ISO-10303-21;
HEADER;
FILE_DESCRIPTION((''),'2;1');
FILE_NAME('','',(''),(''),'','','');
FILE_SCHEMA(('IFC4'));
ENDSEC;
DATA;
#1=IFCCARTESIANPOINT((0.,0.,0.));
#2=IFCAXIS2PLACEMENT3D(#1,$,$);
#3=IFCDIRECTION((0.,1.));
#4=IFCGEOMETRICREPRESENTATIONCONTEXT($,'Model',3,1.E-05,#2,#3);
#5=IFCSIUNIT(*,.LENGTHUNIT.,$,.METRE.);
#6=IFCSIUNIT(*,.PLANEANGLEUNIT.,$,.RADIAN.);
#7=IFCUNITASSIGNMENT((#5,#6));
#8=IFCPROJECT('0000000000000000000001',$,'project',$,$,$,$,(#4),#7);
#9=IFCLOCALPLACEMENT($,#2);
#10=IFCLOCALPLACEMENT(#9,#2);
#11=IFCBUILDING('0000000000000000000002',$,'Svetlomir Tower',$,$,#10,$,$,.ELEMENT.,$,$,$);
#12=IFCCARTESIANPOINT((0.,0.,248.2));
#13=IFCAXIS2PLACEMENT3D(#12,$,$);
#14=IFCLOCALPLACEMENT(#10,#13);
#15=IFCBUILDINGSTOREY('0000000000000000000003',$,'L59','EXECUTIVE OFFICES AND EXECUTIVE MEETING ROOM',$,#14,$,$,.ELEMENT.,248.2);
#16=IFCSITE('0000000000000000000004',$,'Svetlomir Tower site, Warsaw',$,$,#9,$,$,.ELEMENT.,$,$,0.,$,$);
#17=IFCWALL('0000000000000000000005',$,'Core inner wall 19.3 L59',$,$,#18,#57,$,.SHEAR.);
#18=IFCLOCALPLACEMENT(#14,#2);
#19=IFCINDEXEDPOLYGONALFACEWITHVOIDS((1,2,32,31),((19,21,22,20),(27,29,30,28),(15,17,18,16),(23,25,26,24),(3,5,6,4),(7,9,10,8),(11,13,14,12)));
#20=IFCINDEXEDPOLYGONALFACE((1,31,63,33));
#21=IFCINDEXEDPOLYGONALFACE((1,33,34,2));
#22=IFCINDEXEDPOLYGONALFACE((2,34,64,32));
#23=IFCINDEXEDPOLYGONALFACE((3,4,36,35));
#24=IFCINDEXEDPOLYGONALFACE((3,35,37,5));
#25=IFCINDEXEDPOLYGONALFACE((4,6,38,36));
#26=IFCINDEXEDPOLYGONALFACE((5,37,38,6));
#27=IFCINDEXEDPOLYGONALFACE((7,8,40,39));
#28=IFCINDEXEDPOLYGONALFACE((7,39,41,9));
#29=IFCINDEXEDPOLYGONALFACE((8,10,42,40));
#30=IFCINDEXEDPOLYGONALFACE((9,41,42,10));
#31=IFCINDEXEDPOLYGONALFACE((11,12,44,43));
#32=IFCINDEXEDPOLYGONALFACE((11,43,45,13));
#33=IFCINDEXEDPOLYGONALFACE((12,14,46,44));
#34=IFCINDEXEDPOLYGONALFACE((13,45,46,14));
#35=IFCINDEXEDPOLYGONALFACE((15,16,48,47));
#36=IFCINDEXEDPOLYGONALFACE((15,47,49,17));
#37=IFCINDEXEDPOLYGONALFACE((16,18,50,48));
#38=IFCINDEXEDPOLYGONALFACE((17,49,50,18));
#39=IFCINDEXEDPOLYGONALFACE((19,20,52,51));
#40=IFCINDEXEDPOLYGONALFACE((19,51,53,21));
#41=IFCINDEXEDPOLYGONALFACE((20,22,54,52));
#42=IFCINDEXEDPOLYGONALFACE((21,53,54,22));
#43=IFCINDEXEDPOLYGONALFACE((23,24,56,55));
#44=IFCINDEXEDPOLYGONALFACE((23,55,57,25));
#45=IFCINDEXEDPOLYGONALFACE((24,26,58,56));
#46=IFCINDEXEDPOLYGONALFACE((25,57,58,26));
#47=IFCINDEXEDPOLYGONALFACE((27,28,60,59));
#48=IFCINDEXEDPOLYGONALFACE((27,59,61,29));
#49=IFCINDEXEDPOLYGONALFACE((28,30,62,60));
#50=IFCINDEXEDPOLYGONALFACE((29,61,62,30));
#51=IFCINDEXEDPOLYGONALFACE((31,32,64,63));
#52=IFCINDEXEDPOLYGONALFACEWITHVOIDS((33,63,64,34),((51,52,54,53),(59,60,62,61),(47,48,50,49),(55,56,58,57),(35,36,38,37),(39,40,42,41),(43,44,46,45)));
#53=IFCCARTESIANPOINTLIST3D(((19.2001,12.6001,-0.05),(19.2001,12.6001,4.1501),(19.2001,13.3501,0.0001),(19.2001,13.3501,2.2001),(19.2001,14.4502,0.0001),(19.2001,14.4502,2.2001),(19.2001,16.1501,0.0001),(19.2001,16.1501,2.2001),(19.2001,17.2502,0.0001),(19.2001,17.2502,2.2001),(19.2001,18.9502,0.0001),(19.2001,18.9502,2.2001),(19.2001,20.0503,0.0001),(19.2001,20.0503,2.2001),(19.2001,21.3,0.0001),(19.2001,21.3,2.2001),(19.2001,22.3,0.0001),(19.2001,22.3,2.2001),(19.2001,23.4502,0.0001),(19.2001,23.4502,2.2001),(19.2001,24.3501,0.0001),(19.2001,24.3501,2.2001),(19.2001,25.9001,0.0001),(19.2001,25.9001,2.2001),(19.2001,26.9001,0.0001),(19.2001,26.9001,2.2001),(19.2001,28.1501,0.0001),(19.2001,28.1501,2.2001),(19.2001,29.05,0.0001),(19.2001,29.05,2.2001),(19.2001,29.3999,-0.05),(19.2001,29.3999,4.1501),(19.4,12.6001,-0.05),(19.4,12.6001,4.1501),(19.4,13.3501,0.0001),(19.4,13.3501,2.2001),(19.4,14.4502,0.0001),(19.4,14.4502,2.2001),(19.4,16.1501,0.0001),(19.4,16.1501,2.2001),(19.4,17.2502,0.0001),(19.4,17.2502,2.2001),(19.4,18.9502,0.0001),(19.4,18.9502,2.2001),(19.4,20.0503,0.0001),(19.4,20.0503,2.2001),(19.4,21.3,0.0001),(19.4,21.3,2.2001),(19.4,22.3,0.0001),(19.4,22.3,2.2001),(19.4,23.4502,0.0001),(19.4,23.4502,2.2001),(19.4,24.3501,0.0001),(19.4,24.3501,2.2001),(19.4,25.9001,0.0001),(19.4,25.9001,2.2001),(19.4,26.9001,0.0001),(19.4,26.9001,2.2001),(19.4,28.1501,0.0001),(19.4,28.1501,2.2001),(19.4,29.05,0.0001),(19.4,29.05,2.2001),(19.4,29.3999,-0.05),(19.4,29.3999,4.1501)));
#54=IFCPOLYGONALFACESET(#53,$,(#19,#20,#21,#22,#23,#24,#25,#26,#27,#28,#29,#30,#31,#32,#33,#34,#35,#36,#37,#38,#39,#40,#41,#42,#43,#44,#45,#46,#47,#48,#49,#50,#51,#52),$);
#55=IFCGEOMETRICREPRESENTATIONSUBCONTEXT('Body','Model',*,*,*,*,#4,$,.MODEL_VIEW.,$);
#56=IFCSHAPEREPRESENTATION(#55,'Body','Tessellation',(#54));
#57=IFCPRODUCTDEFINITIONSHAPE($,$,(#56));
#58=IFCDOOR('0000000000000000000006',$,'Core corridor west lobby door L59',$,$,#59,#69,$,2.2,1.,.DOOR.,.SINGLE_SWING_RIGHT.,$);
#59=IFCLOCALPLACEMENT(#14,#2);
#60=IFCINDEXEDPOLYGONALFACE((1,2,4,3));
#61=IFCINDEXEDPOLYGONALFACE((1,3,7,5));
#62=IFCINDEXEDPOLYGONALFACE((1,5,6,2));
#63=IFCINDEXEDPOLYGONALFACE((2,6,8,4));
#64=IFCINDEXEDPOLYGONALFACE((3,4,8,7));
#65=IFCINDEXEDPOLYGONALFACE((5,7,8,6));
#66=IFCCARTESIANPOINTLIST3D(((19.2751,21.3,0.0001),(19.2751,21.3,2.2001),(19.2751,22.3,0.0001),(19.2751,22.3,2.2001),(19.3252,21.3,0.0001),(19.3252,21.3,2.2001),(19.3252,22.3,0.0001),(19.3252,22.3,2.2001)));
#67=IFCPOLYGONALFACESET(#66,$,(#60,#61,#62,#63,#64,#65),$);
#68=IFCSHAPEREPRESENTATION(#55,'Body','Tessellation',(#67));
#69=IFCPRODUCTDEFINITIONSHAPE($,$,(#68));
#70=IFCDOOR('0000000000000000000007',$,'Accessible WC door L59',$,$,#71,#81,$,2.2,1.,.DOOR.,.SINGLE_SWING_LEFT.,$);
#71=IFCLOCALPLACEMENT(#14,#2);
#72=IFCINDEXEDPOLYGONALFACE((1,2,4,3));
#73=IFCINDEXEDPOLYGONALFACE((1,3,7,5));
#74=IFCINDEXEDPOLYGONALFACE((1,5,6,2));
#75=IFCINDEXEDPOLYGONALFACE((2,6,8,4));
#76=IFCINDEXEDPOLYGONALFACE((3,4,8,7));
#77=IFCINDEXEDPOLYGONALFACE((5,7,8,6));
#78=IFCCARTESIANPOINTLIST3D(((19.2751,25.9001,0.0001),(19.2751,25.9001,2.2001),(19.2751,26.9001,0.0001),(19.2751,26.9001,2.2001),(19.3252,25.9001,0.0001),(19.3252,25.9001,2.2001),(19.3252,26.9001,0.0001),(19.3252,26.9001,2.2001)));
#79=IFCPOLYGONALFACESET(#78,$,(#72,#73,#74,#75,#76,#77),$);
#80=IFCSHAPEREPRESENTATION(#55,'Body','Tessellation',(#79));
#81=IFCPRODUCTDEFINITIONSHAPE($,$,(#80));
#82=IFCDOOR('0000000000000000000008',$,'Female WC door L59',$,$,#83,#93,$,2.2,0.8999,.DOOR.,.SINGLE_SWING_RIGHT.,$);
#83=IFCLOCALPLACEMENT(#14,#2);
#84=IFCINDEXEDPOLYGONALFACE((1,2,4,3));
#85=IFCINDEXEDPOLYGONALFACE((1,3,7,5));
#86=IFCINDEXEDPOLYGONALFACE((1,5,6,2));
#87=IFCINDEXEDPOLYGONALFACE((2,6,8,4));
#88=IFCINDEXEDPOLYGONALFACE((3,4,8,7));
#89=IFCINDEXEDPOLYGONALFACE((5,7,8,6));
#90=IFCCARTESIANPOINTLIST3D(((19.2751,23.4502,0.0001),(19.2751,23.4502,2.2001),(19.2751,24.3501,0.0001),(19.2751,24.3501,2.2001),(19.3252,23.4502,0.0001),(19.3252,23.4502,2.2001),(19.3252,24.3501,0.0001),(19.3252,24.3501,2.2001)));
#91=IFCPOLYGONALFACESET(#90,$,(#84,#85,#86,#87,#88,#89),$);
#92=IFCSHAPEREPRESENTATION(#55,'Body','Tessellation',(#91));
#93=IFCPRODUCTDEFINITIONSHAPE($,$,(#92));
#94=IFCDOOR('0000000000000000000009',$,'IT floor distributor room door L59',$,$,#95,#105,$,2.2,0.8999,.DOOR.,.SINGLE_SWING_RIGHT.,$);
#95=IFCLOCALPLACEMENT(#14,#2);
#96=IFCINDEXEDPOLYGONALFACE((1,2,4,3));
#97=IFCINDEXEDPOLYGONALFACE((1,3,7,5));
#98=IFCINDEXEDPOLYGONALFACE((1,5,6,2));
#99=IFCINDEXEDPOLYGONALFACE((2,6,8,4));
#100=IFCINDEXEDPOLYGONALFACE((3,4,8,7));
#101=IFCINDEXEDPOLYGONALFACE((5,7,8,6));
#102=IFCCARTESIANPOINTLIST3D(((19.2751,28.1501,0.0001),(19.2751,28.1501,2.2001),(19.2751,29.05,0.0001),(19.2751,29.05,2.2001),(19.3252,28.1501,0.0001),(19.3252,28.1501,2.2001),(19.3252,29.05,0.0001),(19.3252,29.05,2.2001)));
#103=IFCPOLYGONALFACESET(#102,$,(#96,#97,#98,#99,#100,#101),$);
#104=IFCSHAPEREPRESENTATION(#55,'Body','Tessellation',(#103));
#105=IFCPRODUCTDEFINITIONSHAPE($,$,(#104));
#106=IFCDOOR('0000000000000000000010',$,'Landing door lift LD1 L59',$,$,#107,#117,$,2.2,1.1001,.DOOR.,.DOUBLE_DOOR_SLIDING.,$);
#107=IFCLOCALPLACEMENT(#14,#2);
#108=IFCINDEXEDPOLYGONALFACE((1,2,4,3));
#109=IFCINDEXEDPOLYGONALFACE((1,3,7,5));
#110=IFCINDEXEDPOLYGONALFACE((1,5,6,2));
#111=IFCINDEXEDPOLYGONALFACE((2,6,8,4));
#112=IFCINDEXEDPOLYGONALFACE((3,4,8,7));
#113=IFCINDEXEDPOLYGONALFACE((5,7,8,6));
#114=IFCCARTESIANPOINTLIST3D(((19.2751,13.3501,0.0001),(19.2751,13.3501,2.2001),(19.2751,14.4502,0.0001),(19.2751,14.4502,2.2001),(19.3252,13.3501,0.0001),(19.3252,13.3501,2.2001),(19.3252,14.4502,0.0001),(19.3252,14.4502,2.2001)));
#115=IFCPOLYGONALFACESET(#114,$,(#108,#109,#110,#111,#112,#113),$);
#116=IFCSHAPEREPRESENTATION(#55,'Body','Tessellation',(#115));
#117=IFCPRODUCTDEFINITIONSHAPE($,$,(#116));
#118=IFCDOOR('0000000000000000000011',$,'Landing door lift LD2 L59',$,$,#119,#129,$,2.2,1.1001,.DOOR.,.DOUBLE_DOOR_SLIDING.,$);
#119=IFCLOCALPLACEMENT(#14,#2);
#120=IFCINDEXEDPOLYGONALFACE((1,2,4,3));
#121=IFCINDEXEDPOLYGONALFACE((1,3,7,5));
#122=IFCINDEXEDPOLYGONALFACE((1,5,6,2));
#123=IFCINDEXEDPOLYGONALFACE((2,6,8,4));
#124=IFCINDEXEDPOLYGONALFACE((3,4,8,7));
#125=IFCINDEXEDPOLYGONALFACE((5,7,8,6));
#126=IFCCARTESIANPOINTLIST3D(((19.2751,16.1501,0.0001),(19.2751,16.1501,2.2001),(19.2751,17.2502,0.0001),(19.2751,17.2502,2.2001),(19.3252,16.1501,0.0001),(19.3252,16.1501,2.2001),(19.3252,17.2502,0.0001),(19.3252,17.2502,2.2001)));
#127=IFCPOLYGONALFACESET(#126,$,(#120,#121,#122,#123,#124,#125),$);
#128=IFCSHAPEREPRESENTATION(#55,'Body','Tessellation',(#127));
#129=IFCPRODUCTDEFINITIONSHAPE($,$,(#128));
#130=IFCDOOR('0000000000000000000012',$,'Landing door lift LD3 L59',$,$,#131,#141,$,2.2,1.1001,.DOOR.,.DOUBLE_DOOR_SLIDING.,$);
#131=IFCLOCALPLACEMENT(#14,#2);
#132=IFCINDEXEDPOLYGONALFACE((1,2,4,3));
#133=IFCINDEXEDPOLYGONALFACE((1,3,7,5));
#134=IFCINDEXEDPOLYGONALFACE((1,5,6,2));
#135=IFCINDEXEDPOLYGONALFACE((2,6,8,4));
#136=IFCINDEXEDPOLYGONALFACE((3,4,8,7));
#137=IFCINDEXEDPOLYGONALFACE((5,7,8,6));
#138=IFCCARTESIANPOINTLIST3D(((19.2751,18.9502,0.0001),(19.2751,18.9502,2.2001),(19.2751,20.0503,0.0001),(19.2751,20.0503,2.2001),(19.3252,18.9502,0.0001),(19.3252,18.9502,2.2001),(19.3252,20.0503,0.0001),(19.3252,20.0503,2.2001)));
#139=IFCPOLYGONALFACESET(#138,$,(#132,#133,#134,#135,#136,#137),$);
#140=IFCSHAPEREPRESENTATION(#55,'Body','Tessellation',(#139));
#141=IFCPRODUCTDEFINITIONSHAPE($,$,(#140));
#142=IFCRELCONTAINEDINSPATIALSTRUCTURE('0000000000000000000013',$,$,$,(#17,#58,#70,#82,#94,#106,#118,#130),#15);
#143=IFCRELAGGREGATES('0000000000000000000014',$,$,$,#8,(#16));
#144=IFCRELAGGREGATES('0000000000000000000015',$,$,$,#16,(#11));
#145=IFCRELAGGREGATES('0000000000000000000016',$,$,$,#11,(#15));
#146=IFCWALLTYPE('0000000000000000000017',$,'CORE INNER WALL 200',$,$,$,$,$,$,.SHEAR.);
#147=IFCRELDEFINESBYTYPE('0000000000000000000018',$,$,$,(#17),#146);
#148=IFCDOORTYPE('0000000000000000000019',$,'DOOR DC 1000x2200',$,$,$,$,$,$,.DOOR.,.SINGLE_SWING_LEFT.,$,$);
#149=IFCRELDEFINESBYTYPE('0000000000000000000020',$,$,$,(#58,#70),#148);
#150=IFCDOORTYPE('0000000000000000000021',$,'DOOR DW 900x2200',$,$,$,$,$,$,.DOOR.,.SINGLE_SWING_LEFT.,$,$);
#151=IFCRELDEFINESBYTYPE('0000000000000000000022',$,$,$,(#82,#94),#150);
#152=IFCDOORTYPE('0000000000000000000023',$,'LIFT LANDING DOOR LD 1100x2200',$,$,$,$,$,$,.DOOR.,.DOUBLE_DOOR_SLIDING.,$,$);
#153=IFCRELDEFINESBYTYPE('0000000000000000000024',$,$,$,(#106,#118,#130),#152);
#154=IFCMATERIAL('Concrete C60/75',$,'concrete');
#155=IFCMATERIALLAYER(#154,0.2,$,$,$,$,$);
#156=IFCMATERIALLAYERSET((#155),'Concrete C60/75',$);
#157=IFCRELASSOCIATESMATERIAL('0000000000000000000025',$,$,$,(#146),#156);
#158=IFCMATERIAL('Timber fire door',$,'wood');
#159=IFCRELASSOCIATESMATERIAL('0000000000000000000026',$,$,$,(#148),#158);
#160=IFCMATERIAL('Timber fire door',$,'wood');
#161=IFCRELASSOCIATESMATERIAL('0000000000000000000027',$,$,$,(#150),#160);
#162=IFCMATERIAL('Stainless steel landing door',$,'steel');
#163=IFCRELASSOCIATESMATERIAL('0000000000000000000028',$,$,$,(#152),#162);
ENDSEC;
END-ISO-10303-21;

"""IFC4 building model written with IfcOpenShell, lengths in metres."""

from ifc_helpers import new_model, si_unit, direction, frame, frame_2d, origin, place, context, subcontext, project, spatial, rectangle, extrude, material, layer, layer_set, type_object, element, fill, save


model = new_model("IFC4")

# Units and contexts
model_context = context("Model", 3, precision=1e-05, world=origin(), true_north=direction((0.0, 1.0)))
body_context = subcontext(model_context, "Body", "Model", "MODEL_VIEW")
ifc_project = project(units=[si_unit("LENGTHUNIT", "METRE"), si_unit("PLANEANGLEUNIT", "RADIAN")], contexts=[model_context])

# Site, building, storey
site_placement = place(None, origin())
site = spatial("IfcSite", under=ifc_project, at=site_placement, Name="Svetlomir Tower site, Warsaw", CompositionType="ELEMENT", RefElevation=0.0)
building_placement = place(site_placement, origin())
building = spatial("IfcBuilding", under=site, at=building_placement, Name="Svetlomir Tower", CompositionType="ELEMENT")
storey_placement = place(building_placement, frame((0.0, 0.0, 248.2)))
storey = spatial("IfcBuildingStorey", under=building, at=storey_placement, Name="L59", Description="EXECUTIVE OFFICES AND EXECUTIVE MEETING ROOM", CompositionType="ELEMENT", Elevation=248.2)

# Shared definitions
ifc_material_1 = material(Name="Concrete C60/75", Category="concrete")
ifc_layer_1 = layer(ifc_material_1, 0.2)
ifc_layer_set_1 = layer_set([ifc_layer_1], Name="Concrete C60/75")
wall_type_1 = type_object("IfcWallType", Name="CORE INNER WALL 200", PredefinedType="SHEAR", material=ifc_layer_set_1)

# Wall, openings, doors
wall_1_placement = place(storey_placement, frame((19.3, 12.6001, -0.05), z_axis=(0.0, 0.0, 1.0), x_axis=(0.0, 1.0, 0.0)))
wall_1 = element("IfcWall", 1, at=wall_1_placement, inside=storey, type_object=wall_type_1, Name="Core inner wall 19.3 L59", PredefinedType="SHEAR", context=body_context, shape_type="SweptSolid", body=[
    extrude(rectangle(XDim=16.7998, YDim=0.2, at=frame_2d((8.3999, 0.0))), origin(), (0.0, 0.0, 1.0), 4.2002),
])
opening_1_placement = place(wall_1_placement, frame((8.7, 0.0, 0.05)))
opening_1 = element("IfcOpeningElement", 2, at=opening_1_placement, cuts=wall_1, PredefinedType="OPENING", context=body_context, shape_type="SweptSolid", body=[
    extrude(rectangle(XDim=1.0, YDim=2.2, at=frame_2d((0.5, 1.1001))), frame((0.0, 0.1099, 0.0), z_axis=(0.0, -1.0, 0.0), x_axis=(1.0, 0.0, 0.0)), (0.0, 0.0, 1.0), 0.22),
])
opening_2_placement = place(wall_1_placement, frame((10.8501, 0.0, 0.05)))
opening_2 = element("IfcOpeningElement", 3, at=opening_2_placement, cuts=wall_1, PredefinedType="OPENING", context=body_context, shape_type="SweptSolid", body=[
    extrude(rectangle(XDim=0.8999, YDim=2.2, at=frame_2d((0.45, 1.1001))), frame((0.0, 0.1099, 0.0), z_axis=(0.0, -1.0, 0.0), x_axis=(1.0, 0.0, 0.0)), (0.0, 0.0, 1.0), 0.22),
])
opening_3_placement = place(wall_1_placement, frame((13.3, 0.0, 0.05)))
opening_3 = element("IfcOpeningElement", 4, at=opening_3_placement, cuts=wall_1, PredefinedType="OPENING", context=body_context, shape_type="SweptSolid", body=[
    extrude(rectangle(XDim=1.0, YDim=2.2, at=frame_2d((0.5, 1.1001))), frame((0.0, 0.1099, 0.0), z_axis=(0.0, -1.0, 0.0), x_axis=(1.0, 0.0, 0.0)), (0.0, 0.0, 1.0), 0.22),
])
opening_4_placement = place(wall_1_placement, frame((15.55, 0.0, 0.05)))
opening_4 = element("IfcOpeningElement", 5, at=opening_4_placement, cuts=wall_1, PredefinedType="OPENING", context=body_context, shape_type="SweptSolid", body=[
    extrude(rectangle(XDim=0.8999, YDim=2.2, at=frame_2d((0.45, 1.1001))), frame((0.0, 0.1099, 0.0), z_axis=(0.0, -1.0, 0.0), x_axis=(1.0, 0.0, 0.0)), (0.0, 0.0, 1.0), 0.22),
])
opening_5_placement = place(wall_1_placement, frame((0.75, 0.0, 0.05)))
opening_5 = element("IfcOpeningElement", 6, at=opening_5_placement, cuts=wall_1, PredefinedType="OPENING", context=body_context, shape_type="SweptSolid", body=[
    extrude(rectangle(XDim=1.1001, YDim=2.2, at=frame_2d((0.55, 1.1001))), frame((0.0, 0.1099, 0.0), z_axis=(0.0, -1.0, 0.0), x_axis=(1.0, 0.0, 0.0)), (0.0, 0.0, 1.0), 0.22),
])
opening_6_placement = place(wall_1_placement, frame((3.55, 0.0, 0.05)))
opening_6 = element("IfcOpeningElement", 7, at=opening_6_placement, cuts=wall_1, PredefinedType="OPENING", context=body_context, shape_type="SweptSolid", body=[
    extrude(rectangle(XDim=1.1001, YDim=2.2, at=frame_2d((0.55, 1.1001))), frame((0.0, 0.1099, 0.0), z_axis=(0.0, -1.0, 0.0), x_axis=(1.0, 0.0, 0.0)), (0.0, 0.0, 1.0), 0.22),
])
opening_7_placement = place(wall_1_placement, frame((6.3501, 0.0, 0.05)))
opening_7 = element("IfcOpeningElement", 8, at=opening_7_placement, cuts=wall_1, PredefinedType="OPENING", context=body_context, shape_type="SweptSolid", body=[
    extrude(rectangle(XDim=1.1001, YDim=2.2, at=frame_2d((0.55, 1.1001))), frame((0.0, 0.1099, 0.0), z_axis=(0.0, -1.0, 0.0), x_axis=(1.0, 0.0, 0.0)), (0.0, 0.0, 1.0), 0.22),
])
ifc_material_2 = material(Name="Timber fire door", Category="wood")
door_type_1 = type_object("IfcDoorType", Name="DOOR DC 1000x2200", OperationType="SINGLE_SWING_LEFT", PredefinedType="DOOR", material=ifc_material_2)
door_1_placement = place(opening_1_placement, origin())
door_1 = element("IfcDoor", 9, at=door_1_placement, inside=storey, type_object=door_type_1, Name="Core corridor west lobby door L59", OperationType="SINGLE_SWING_RIGHT", OverallHeight=2.2, OverallWidth=1.0, PredefinedType="DOOR", context=body_context, shape_type="SweptSolid", body=[
    extrude(rectangle(XDim=1.0, YDim=2.2, at=frame_2d((0.5, 1.1001))), frame((0.0, 0.0249, 0.0), z_axis=(0.0, -1.0, 0.0), x_axis=(1.0, 0.0, 0.0)), (0.0, 0.0, 1.0), 0.05),
])
fill(opening_1, door_1)
door_2_placement = place(opening_3_placement, origin())
door_2 = element("IfcDoor", 10, at=door_2_placement, inside=storey, type_object=door_type_1, Name="Accessible WC door L59", OperationType="SINGLE_SWING_LEFT", OverallHeight=2.2, OverallWidth=1.0, PredefinedType="DOOR", context=body_context, shape_type="SweptSolid", body=[
    extrude(rectangle(XDim=1.0, YDim=2.2, at=frame_2d((0.5, 1.1001))), frame((0.0, 0.0249, 0.0), z_axis=(0.0, -1.0, 0.0), x_axis=(1.0, 0.0, 0.0)), (0.0, 0.0, 1.0), 0.05),
])
fill(opening_3, door_2)
ifc_material_3 = material(Name="Timber fire door", Category="wood")
door_type_2 = type_object("IfcDoorType", Name="DOOR DW 900x2200", OperationType="SINGLE_SWING_LEFT", PredefinedType="DOOR", material=ifc_material_3)
door_3_placement = place(opening_2_placement, origin())
door_3 = element("IfcDoor", 11, at=door_3_placement, inside=storey, type_object=door_type_2, Name="Female WC door L59", OperationType="SINGLE_SWING_RIGHT", OverallHeight=2.2, OverallWidth=0.8999, PredefinedType="DOOR", context=body_context, shape_type="SweptSolid", body=[
    extrude(rectangle(XDim=0.8999, YDim=2.2, at=frame_2d((0.45, 1.1001))), frame((0.0, 0.0249, 0.0), z_axis=(0.0, -1.0, 0.0), x_axis=(1.0, 0.0, 0.0)), (0.0, 0.0, 1.0), 0.05),
])
fill(opening_2, door_3)
door_4_placement = place(opening_4_placement, origin())
door_4 = element("IfcDoor", 12, at=door_4_placement, inside=storey, type_object=door_type_2, Name="IT floor distributor room door L59", OperationType="SINGLE_SWING_RIGHT", OverallHeight=2.2, OverallWidth=0.8999, PredefinedType="DOOR", context=body_context, shape_type="SweptSolid", body=[
    extrude(rectangle(XDim=0.8999, YDim=2.2, at=frame_2d((0.45, 1.1001))), frame((0.0, 0.0249, 0.0), z_axis=(0.0, -1.0, 0.0), x_axis=(1.0, 0.0, 0.0)), (0.0, 0.0, 1.0), 0.05),
])
fill(opening_4, door_4)
ifc_material_4 = material(Name="Stainless steel landing door", Category="steel")
door_type_3 = type_object("IfcDoorType", Name="LIFT LANDING DOOR LD 1100x2200", OperationType="DOUBLE_DOOR_SLIDING", PredefinedType="DOOR", material=ifc_material_4)
door_5_placement = place(opening_5_placement, origin())
door_5 = element("IfcDoor", 13, at=door_5_placement, inside=storey, type_object=door_type_3, Name="Landing door lift LD1 L59", OperationType="DOUBLE_DOOR_SLIDING", OverallHeight=2.2, OverallWidth=1.1001, PredefinedType="DOOR", context=body_context, shape_type="SweptSolid", body=[
    extrude(rectangle(XDim=1.1001, YDim=2.2, at=frame_2d((0.55, 1.1001))), frame((0.0, 0.0249, 0.0), z_axis=(0.0, -1.0, 0.0), x_axis=(1.0, 0.0, 0.0)), (0.0, 0.0, 1.0), 0.05),
])
fill(opening_5, door_5)
door_6_placement = place(opening_6_placement, origin())
door_6 = element("IfcDoor", 14, at=door_6_placement, inside=storey, type_object=door_type_3, Name="Landing door lift LD2 L59", OperationType="DOUBLE_DOOR_SLIDING", OverallHeight=2.2, OverallWidth=1.1001, PredefinedType="DOOR", context=body_context, shape_type="SweptSolid", body=[
    extrude(rectangle(XDim=1.1001, YDim=2.2, at=frame_2d((0.55, 1.1001))), frame((0.0, 0.0249, 0.0), z_axis=(0.0, -1.0, 0.0), x_axis=(1.0, 0.0, 0.0)), (0.0, 0.0, 1.0), 0.05),
])
fill(opening_6, door_6)
door_7_placement = place(opening_7_placement, origin())
door_7 = element("IfcDoor", 15, at=door_7_placement, inside=storey, type_object=door_type_3, Name="Landing door lift LD3 L59", OperationType="DOUBLE_DOOR_SLIDING", OverallHeight=2.2, OverallWidth=1.1001, PredefinedType="DOOR", context=body_context, shape_type="SweptSolid", body=[
    extrude(rectangle(XDim=1.1001, YDim=2.2, at=frame_2d((0.55, 1.1001))), frame((0.0, 0.0249, 0.0), z_axis=(0.0, -1.0, 0.0), x_axis=(1.0, 0.0, 0.0)), (0.0, 0.0, 1.0), 0.05),
])
fill(opening_7, door_7)

save(model, "model.ifc")
